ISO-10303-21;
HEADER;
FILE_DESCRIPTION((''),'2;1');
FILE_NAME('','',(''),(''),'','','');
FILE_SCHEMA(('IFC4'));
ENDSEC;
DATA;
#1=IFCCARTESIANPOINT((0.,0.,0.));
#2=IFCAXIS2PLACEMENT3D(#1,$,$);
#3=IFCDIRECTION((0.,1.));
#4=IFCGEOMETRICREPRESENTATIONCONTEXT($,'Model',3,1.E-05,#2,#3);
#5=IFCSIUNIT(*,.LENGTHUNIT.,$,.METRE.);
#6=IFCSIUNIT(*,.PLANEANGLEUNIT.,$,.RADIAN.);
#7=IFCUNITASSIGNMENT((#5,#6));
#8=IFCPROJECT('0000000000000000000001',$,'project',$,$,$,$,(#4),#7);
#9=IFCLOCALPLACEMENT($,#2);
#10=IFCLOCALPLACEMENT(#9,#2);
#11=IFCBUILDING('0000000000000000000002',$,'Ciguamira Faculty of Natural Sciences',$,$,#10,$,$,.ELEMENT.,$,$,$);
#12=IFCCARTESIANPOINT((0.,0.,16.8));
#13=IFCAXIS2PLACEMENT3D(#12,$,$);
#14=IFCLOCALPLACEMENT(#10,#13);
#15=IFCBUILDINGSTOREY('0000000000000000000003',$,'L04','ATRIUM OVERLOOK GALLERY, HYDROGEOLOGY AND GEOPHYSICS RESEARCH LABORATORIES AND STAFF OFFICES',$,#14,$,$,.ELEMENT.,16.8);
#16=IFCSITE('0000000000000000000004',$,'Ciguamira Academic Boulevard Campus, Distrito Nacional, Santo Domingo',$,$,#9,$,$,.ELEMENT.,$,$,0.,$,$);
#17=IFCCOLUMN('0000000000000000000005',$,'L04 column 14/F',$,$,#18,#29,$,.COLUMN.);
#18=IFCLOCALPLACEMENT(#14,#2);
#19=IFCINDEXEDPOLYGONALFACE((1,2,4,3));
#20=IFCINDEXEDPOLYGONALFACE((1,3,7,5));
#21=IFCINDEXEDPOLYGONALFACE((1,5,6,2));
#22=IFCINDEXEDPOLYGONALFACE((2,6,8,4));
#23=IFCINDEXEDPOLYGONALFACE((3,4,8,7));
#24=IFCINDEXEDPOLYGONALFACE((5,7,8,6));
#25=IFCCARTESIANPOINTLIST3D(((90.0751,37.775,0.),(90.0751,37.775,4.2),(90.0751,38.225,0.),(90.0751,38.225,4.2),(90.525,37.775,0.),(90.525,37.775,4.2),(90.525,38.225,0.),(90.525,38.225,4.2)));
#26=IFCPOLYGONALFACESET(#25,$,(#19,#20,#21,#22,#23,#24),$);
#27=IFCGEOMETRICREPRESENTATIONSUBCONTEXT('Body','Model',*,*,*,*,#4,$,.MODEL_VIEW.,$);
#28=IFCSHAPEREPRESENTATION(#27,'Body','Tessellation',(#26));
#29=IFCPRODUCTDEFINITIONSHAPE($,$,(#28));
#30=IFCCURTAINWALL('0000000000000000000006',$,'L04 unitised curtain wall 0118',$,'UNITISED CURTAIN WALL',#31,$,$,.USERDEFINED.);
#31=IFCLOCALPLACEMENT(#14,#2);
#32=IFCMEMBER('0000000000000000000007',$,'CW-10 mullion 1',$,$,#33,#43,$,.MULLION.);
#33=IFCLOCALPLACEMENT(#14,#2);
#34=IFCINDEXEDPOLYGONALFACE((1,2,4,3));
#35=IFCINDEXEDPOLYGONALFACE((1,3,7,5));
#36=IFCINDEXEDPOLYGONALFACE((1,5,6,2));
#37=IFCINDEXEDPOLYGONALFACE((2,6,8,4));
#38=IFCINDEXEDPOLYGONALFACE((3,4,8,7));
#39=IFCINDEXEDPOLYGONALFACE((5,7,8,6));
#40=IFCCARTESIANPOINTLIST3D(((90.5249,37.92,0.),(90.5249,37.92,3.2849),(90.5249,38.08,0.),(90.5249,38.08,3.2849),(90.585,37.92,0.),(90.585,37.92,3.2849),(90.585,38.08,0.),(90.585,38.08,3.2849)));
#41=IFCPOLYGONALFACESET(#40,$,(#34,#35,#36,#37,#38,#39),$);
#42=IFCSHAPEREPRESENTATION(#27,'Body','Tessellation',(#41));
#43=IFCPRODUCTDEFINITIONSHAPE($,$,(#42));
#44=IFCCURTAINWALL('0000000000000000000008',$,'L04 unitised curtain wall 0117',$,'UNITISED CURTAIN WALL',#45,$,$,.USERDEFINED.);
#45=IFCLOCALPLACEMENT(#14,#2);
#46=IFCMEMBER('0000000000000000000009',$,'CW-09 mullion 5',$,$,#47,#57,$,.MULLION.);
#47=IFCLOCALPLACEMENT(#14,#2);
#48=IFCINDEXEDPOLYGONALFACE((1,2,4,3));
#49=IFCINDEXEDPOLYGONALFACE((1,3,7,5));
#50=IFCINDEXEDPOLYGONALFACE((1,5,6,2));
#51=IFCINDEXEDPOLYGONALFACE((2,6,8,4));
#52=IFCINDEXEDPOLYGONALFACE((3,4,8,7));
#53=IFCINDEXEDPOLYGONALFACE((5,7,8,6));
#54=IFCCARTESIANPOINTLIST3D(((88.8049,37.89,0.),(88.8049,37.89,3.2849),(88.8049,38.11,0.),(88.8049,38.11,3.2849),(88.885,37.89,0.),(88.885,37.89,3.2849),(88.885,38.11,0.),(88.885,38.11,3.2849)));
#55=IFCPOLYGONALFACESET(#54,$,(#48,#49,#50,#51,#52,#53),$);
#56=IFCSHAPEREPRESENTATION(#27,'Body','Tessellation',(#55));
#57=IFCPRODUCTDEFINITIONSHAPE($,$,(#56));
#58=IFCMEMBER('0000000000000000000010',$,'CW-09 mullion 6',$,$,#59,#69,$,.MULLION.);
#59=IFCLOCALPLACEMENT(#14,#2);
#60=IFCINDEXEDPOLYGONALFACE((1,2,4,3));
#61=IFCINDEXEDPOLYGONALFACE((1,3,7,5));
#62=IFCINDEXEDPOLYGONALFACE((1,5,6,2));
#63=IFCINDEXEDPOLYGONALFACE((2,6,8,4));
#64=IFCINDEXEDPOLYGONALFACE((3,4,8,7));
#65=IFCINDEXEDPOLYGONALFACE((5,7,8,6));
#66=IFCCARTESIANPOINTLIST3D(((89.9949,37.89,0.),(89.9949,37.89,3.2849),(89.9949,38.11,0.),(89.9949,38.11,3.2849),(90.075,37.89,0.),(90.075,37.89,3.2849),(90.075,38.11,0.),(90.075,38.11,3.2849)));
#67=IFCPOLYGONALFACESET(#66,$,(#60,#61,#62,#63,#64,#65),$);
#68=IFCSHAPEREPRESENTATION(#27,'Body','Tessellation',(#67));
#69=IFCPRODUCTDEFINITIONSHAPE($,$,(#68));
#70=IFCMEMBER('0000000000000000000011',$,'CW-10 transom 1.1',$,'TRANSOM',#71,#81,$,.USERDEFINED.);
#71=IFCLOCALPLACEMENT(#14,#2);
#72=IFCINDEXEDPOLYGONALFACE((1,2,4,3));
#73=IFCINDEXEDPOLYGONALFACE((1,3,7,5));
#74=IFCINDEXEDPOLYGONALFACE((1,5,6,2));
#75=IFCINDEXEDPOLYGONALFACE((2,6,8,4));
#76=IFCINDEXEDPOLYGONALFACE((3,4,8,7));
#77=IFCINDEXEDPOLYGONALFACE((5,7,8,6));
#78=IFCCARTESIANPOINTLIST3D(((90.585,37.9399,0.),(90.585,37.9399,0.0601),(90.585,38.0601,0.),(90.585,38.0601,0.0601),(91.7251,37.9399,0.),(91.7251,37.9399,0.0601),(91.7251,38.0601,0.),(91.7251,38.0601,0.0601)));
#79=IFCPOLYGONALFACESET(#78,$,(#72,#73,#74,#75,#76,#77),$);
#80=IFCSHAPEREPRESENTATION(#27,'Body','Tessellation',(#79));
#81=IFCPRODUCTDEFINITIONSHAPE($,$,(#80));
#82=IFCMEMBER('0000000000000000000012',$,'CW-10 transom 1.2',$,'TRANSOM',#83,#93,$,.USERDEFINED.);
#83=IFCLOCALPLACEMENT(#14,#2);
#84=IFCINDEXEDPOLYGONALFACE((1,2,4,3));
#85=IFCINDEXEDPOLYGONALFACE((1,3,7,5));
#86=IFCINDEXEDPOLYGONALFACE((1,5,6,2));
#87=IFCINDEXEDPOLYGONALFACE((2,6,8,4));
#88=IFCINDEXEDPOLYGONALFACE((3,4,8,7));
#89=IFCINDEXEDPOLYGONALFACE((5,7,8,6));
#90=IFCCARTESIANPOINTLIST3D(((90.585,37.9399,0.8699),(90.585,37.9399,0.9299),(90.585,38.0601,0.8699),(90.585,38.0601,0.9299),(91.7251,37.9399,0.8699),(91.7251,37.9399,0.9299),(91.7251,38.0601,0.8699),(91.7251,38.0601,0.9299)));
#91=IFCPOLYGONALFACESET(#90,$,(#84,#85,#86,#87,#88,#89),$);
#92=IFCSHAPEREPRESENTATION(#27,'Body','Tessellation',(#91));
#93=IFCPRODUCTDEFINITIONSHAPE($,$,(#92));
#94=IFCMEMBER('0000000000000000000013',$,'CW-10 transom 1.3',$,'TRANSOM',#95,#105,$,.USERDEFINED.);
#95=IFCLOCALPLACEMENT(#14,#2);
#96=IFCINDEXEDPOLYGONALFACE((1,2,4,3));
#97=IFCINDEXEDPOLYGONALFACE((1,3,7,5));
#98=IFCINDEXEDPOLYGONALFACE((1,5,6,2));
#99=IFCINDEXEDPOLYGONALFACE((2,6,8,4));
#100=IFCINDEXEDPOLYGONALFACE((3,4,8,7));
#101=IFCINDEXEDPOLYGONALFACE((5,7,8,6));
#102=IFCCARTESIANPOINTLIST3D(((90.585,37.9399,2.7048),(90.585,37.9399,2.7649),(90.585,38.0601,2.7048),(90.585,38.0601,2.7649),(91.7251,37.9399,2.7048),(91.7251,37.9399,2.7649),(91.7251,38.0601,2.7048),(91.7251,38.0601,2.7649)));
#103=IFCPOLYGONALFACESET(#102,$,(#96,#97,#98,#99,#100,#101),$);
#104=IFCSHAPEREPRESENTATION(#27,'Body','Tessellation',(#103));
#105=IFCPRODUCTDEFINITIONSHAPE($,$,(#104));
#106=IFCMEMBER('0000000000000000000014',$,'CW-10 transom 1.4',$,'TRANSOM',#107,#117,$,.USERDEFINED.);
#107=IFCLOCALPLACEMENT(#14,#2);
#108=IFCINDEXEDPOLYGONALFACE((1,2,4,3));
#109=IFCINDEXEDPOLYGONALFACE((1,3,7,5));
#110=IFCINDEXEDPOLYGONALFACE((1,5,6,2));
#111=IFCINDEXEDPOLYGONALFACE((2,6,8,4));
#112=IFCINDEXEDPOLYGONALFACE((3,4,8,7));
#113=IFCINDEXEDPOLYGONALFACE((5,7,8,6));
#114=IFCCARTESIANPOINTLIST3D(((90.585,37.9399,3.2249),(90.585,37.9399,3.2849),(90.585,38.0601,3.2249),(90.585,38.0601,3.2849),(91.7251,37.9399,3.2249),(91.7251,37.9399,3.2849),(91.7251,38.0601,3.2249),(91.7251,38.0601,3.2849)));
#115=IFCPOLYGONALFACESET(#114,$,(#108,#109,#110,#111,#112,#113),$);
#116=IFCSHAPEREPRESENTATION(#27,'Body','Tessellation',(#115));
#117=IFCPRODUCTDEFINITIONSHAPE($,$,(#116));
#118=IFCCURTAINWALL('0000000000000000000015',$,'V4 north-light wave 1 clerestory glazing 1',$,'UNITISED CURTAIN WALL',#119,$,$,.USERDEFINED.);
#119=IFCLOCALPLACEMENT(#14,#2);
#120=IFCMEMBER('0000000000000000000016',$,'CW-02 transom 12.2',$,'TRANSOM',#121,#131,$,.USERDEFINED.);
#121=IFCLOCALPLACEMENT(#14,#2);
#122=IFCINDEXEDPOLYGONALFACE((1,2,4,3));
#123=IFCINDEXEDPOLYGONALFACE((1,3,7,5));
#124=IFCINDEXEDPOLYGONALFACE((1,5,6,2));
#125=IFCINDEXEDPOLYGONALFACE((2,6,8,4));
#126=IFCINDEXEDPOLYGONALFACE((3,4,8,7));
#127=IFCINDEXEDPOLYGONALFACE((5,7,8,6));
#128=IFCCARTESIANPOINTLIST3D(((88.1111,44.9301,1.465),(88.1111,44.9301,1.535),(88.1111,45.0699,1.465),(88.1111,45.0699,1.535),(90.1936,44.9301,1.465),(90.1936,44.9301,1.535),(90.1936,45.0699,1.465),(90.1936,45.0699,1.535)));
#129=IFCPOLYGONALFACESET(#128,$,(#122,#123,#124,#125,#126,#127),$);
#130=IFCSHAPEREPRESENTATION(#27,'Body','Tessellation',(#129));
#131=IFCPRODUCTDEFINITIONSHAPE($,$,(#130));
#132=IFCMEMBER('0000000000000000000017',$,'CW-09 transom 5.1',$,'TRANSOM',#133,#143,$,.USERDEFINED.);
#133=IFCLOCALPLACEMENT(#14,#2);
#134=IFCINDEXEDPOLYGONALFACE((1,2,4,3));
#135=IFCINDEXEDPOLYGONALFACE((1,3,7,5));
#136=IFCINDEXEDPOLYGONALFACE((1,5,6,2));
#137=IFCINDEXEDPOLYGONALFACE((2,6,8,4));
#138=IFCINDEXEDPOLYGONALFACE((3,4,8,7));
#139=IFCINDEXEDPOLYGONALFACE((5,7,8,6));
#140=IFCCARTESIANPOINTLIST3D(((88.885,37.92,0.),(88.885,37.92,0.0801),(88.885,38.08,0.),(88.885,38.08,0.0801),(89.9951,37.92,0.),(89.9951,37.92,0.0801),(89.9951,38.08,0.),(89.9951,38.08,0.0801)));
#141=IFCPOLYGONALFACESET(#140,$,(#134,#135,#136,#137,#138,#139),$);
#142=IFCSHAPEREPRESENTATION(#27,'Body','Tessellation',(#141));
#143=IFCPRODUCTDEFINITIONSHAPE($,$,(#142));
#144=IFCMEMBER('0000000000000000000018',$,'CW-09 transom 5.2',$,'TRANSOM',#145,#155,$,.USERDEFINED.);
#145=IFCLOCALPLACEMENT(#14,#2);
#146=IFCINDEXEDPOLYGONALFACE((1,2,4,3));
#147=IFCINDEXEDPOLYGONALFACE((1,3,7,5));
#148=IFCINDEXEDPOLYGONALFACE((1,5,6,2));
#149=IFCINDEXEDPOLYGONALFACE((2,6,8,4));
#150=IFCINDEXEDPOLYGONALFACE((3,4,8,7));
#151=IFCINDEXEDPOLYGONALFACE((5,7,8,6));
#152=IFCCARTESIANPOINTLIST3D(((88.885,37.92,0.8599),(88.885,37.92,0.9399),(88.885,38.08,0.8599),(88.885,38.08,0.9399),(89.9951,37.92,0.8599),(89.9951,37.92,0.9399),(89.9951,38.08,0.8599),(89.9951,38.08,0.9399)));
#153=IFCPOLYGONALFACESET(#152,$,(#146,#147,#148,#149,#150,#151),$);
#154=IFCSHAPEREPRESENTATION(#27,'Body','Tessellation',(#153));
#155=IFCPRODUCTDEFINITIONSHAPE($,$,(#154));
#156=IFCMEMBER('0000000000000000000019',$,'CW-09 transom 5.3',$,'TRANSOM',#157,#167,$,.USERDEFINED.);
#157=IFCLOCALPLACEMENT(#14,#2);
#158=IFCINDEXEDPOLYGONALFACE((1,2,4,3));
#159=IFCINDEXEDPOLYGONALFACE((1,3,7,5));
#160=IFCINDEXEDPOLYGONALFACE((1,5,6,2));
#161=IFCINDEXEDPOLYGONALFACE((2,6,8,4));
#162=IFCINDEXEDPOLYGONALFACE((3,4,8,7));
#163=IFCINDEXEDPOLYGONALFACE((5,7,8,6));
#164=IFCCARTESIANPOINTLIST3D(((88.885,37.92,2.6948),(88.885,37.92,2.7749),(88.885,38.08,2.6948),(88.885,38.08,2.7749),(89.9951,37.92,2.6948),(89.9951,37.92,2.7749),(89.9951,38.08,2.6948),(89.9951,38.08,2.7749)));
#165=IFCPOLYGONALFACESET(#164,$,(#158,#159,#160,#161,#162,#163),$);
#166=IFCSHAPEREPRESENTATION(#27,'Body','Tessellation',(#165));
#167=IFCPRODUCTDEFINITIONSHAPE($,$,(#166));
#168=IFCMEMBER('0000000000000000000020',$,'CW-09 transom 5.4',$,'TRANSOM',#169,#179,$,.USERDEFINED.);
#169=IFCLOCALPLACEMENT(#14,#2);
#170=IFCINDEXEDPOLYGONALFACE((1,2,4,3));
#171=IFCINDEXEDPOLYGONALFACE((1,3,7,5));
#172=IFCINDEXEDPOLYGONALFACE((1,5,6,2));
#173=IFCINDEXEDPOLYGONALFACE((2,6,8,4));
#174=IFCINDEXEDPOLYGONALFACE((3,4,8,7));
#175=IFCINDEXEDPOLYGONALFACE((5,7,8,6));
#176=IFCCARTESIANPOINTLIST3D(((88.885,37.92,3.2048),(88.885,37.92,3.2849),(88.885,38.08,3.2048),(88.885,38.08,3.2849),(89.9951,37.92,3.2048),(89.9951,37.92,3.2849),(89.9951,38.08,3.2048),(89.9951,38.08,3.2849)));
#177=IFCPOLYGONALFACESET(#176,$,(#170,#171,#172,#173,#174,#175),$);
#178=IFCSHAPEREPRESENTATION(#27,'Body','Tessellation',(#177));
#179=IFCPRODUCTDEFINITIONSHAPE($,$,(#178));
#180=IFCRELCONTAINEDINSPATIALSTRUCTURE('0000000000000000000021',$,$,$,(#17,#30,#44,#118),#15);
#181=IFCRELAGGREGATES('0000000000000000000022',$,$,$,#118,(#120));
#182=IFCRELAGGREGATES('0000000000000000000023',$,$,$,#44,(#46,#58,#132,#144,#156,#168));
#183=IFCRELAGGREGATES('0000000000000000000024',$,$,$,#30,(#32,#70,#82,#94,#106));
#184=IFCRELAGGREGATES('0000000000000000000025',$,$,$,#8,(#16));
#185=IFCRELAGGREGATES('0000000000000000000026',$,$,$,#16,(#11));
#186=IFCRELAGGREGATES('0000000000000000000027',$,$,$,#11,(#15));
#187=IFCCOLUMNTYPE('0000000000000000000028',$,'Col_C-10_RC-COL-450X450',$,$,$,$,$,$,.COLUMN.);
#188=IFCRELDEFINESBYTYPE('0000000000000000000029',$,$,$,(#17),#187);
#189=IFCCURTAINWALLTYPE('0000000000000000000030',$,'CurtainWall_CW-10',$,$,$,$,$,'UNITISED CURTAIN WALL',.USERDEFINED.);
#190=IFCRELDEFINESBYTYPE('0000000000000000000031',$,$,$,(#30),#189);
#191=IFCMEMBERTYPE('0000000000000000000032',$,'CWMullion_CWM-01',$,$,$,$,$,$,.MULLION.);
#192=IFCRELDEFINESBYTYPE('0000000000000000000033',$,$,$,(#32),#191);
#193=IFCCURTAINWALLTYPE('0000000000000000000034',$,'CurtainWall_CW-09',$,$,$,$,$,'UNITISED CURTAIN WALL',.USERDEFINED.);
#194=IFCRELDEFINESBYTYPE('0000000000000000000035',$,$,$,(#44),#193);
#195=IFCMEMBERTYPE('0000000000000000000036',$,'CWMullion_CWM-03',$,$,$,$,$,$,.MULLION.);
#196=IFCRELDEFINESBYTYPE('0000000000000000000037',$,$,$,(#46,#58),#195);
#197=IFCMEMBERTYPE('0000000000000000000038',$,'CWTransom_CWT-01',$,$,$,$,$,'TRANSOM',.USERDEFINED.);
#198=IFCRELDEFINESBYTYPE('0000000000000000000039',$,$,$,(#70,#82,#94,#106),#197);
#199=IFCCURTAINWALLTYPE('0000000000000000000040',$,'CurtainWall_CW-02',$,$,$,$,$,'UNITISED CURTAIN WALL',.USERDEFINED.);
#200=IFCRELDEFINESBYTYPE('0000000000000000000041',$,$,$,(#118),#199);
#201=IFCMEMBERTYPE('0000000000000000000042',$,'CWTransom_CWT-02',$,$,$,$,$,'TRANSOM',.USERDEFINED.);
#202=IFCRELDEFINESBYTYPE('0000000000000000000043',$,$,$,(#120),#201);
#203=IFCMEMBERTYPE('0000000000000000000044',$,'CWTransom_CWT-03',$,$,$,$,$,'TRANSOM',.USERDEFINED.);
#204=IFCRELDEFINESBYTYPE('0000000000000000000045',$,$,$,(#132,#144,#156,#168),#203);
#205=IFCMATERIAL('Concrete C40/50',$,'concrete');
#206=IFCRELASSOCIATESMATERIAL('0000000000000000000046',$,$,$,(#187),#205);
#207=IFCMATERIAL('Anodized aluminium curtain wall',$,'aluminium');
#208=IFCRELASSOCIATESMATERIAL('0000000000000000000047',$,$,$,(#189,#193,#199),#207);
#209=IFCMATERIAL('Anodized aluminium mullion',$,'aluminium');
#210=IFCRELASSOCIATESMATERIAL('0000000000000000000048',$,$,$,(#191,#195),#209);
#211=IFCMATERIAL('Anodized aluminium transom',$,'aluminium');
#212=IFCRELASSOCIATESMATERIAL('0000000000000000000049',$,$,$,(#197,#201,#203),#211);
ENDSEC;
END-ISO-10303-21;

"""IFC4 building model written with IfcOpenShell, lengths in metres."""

from ifc_helpers import new_model, si_unit, direction, frame, origin, origin_2d, place, context, subcontext, project, spatial, rectangle, extrude, material, material_profile, profile_set, type_object, element, aggregate, save


model = new_model("IFC4")

# Units and contexts
model_context = context("Model", 3, precision=1e-05, world=origin(), true_north=direction((0.0, 1.0)))
body_context = subcontext(model_context, "Body", "Model", "MODEL_VIEW")
ifc_project = project(units=[si_unit("LENGTHUNIT", "METRE"), si_unit("PLANEANGLEUNIT", "RADIAN")], contexts=[model_context])

# Site, building, storey
site_placement = place(None, origin())
site = spatial("IfcSite", under=ifc_project, at=site_placement, Name="Ciguamira Academic Boulevard Campus, Distrito Nacional, Santo Domingo", CompositionType="ELEMENT", RefElevation=0.0)
building_placement = place(site_placement, origin())
building = spatial("IfcBuilding", under=site, at=building_placement, Name="Ciguamira Faculty of Natural Sciences", CompositionType="ELEMENT")
storey_placement = place(building_placement, frame((0.0, 0.0, 16.8)))
storey = spatial("IfcBuildingStorey", under=building, at=storey_placement, Name="L04", Description="ATRIUM OVERLOOK GALLERY, HYDROGEOLOGY AND GEOPHYSICS RESEARCH LABORATORIES AND STAFF OFFICES", CompositionType="ELEMENT", Elevation=16.8)

# Column
ifc_material_1 = material(Name="Concrete C40/50", Category="concrete")
ifc_material_profile_1 = material_profile(ifc_material_1, rectangle(XDim=0.45, YDim=0.45, at=origin_2d()), Name="RC-COL-450X450")
ifc_profile_set_1 = profile_set([ifc_material_profile_1], Name="Concrete C40/50")
column_type = type_object("IfcColumnType", Name="Col_C-10_RC-COL-450X450", PredefinedType="COLUMN", material=ifc_profile_set_1)
column_placement = place(storey_placement, frame((90.3, 38.0, 0.0), z_axis=(0.0, 0.0, 1.0), x_axis=(1.0, 0.0, 0.0)))
element("IfcColumn", 1, at=column_placement, inside=storey, type_object=column_type, Name="L04 column 14/F", PredefinedType="COLUMN", context=body_context, shape_type="SweptSolid", body=[
    extrude(rectangle(XDim=0.45, YDim=0.45, at=origin_2d()), origin(), (0.0, 0.0, 1.0), 4.2),
])

# Curtain wall, member
ifc_material_2 = material(Name="Anodized aluminium curtain wall", Category="aluminium")
curtain_wall_type_1 = type_object("IfcCurtainWallType", Name="CurtainWall_CW-10", ElementType="UNITISED CURTAIN WALL", PredefinedType="USERDEFINED", material=ifc_material_2)
curtain_wall_1_placement = place(storey_placement, origin())
curtain_wall_1 = element("IfcCurtainWall", 2, at=curtain_wall_1_placement, inside=storey, type_object=curtain_wall_type_1, Name="L04 unitised curtain wall 0118", ObjectType="UNITISED CURTAIN WALL", PredefinedType="USERDEFINED")
ifc_material_3 = material(Name="Anodized aluminium mullion", Category="aluminium")
ifc_material_profile_2 = material_profile(ifc_material_3, rectangle(XDim=0.0601, YDim=0.1599, at=origin_2d()), Name="ALU-MUL-60X160")
ifc_profile_set_2 = profile_set([ifc_material_profile_2], Name="Anodized aluminium mullion")
member_type_1 = type_object("IfcMemberType", Name="CWMullion_CWM-01", PredefinedType="MULLION", material=ifc_profile_set_2)
member_1_placement = place(storey_placement, frame((90.5549, 38.0, 0.0), z_axis=(0.0, 0.0, 1.0), x_axis=(1.0, 0.0, 0.0)))
member_1 = element("IfcMember", 3, at=member_1_placement, type_object=member_type_1, Name="CW-10 mullion 1", PredefinedType="MULLION", context=body_context, shape_type="SweptSolid", body=[
    extrude(rectangle(XDim=0.0601, YDim=0.1599, at=origin_2d()), origin(), (0.0, 0.0, 1.0), 3.2849),
])

# Curtain wall, members
curtain_wall_type_2 = type_object("IfcCurtainWallType", Name="CurtainWall_CW-09", ElementType="UNITISED CURTAIN WALL", PredefinedType="USERDEFINED", material=ifc_material_2)
curtain_wall_2_placement = place(storey_placement, origin())
curtain_wall_2 = element("IfcCurtainWall", 4, at=curtain_wall_2_placement, inside=storey, type_object=curtain_wall_type_2, Name="L04 unitised curtain wall 0117", ObjectType="UNITISED CURTAIN WALL", PredefinedType="USERDEFINED")
ifc_material_profile_3 = material_profile(ifc_material_3, rectangle(XDim=0.0801, YDim=0.22, at=origin_2d()), Name="ALU-MUL-80X220")
ifc_profile_set_3 = profile_set([ifc_material_profile_3], Name="Anodized aluminium mullion")
member_type_2 = type_object("IfcMemberType", Name="CWMullion_CWM-03", PredefinedType="MULLION", material=ifc_profile_set_3)
member_2_placement = place(storey_placement, frame((88.845, 38.0, 0.0), z_axis=(0.0, 0.0, 1.0), x_axis=(1.0, 0.0, 0.0)))
member_2 = element("IfcMember", 5, at=member_2_placement, type_object=member_type_2, Name="CW-09 mullion 5", PredefinedType="MULLION", context=body_context, shape_type="SweptSolid", body=[
    extrude(rectangle(XDim=0.0801, YDim=0.22, at=origin_2d()), origin(), (0.0, 0.0, 1.0), 3.2849),
])
member_3_placement = place(storey_placement, frame((90.0349, 38.0, 0.0), z_axis=(0.0, 0.0, 1.0), x_axis=(1.0, 0.0, 0.0)))
member_3 = element("IfcMember", 6, at=member_3_placement, type_object=member_type_2, Name="CW-09 mullion 6", PredefinedType="MULLION", context=body_context, shape_type="SweptSolid", body=[
    extrude(rectangle(XDim=0.0801, YDim=0.22, at=origin_2d()), origin(), (0.0, 0.0, 1.0), 3.2849),
])

# Members
ifc_material_4 = material(Name="Anodized aluminium transom", Category="aluminium")
ifc_material_profile_4 = material_profile(ifc_material_4, rectangle(XDim=0.0601, YDim=0.1201, at=origin_2d()), Name="ALU-TRN-60X120")
ifc_profile_set_4 = profile_set([ifc_material_profile_4], Name="Anodized aluminium transom")
member_type_3 = type_object("IfcMemberType", Name="CWTransom_CWT-01", ElementType="TRANSOM", PredefinedType="USERDEFINED", material=ifc_profile_set_4)
member_4_placement = place(storey_placement, frame((90.585, 38.0, 0.03), z_axis=(1.0, 0.0, 0.0), x_axis=(0.0, 0.0, 1.0)))
member_4 = element("IfcMember", 7, at=member_4_placement, type_object=member_type_3, Name="CW-10 transom 1.1", ObjectType="TRANSOM", PredefinedType="USERDEFINED", context=body_context, shape_type="SweptSolid", body=[
    extrude(rectangle(XDim=0.0601, YDim=0.1201, at=origin_2d()), origin(), (0.0, 0.0, 1.0), 1.1401),
])
member_5_placement = place(storey_placement, frame((90.585, 38.0, 0.8999), z_axis=(1.0, 0.0, 0.0), x_axis=(0.0, 0.0, 1.0)))
member_5 = element("IfcMember", 8, at=member_5_placement, type_object=member_type_3, Name="CW-10 transom 1.2", ObjectType="TRANSOM", PredefinedType="USERDEFINED", context=body_context, shape_type="SweptSolid", body=[
    extrude(rectangle(XDim=0.0601, YDim=0.1201, at=origin_2d()), origin(), (0.0, 0.0, 1.0), 1.1401),
])
member_6_placement = place(storey_placement, frame((90.585, 38.0, 2.7349), z_axis=(1.0, 0.0, 0.0), x_axis=(0.0, 0.0, 1.0)))
member_6 = element("IfcMember", 9, at=member_6_placement, type_object=member_type_3, Name="CW-10 transom 1.3", ObjectType="TRANSOM", PredefinedType="USERDEFINED", context=body_context, shape_type="SweptSolid", body=[
    extrude(rectangle(XDim=0.0601, YDim=0.1201, at=origin_2d()), origin(), (0.0, 0.0, 1.0), 1.1401),
])
member_7_placement = place(storey_placement, frame((90.585, 38.0, 3.2549), z_axis=(1.0, 0.0, 0.0), x_axis=(0.0, 0.0, 1.0)))
member_7 = element("IfcMember", 10, at=member_7_placement, type_object=member_type_3, Name="CW-10 transom 1.4", ObjectType="TRANSOM", PredefinedType="USERDEFINED", context=body_context, shape_type="SweptSolid", body=[
    extrude(rectangle(XDim=0.0601, YDim=0.1201, at=origin_2d()), origin(), (0.0, 0.0, 1.0), 1.1401),
])

# Curtain wall, member
curtain_wall_type_3 = type_object("IfcCurtainWallType", Name="CurtainWall_CW-02", ElementType="UNITISED CURTAIN WALL", PredefinedType="USERDEFINED", material=ifc_material_2)
curtain_wall_3_placement = place(storey_placement, origin())
curtain_wall_3 = element("IfcCurtainWall", 11, at=curtain_wall_3_placement, inside=storey, type_object=curtain_wall_type_3, Name="V4 north-light wave 1 clerestory glazing 1", ObjectType="UNITISED CURTAIN WALL", PredefinedType="USERDEFINED")
ifc_material_profile_5 = material_profile(ifc_material_4, rectangle(XDim=0.0701, YDim=0.1399, at=origin_2d()), Name="ALU-TRN-70X140")
ifc_profile_set_5 = profile_set([ifc_material_profile_5], Name="Anodized aluminium transom")
member_type_4 = type_object("IfcMemberType", Name="CWTransom_CWT-02", ElementType="TRANSOM", PredefinedType="USERDEFINED", material=ifc_profile_set_5)
member_8_placement = place(storey_placement, frame((88.1111, 45.0, 1.5), z_axis=(1.0, 0.0, 0.0), x_axis=(0.0, 0.0, 1.0)))
member_8 = element("IfcMember", 12, at=member_8_placement, type_object=member_type_4, Name="CW-02 transom 12.2", ObjectType="TRANSOM", PredefinedType="USERDEFINED", context=body_context, shape_type="SweptSolid", body=[
    extrude(rectangle(XDim=0.0701, YDim=0.1399, at=origin_2d()), origin(), (0.0, 0.0, 1.0), 2.0825),
])
aggregate(curtain_wall_3, [member_8])

# Members
ifc_material_profile_6 = material_profile(ifc_material_4, rectangle(XDim=0.0801, YDim=0.1599, at=origin_2d()), Name="ALU-TRN-80X160")
ifc_profile_set_6 = profile_set([ifc_material_profile_6], Name="Anodized aluminium transom")
member_type_5 = type_object("IfcMemberType", Name="CWTransom_CWT-03", ElementType="TRANSOM", PredefinedType="USERDEFINED", material=ifc_profile_set_6)
member_9_placement = place(storey_placement, frame((88.885, 38.0, 0.04), z_axis=(1.0, 0.0, 0.0), x_axis=(0.0, 0.0, 1.0)))
member_9 = element("IfcMember", 13, at=member_9_placement, type_object=member_type_5, Name="CW-09 transom 5.1", ObjectType="TRANSOM", PredefinedType="USERDEFINED", context=body_context, shape_type="SweptSolid", body=[
    extrude(rectangle(XDim=0.0801, YDim=0.1599, at=origin_2d()), origin(), (0.0, 0.0, 1.0), 1.1101),
])
member_10_placement = place(storey_placement, frame((88.885, 38.0, 0.8999), z_axis=(1.0, 0.0, 0.0), x_axis=(0.0, 0.0, 1.0)))
member_10 = element("IfcMember", 14, at=member_10_placement, type_object=member_type_5, Name="CW-09 transom 5.2", ObjectType="TRANSOM", PredefinedType="USERDEFINED", context=body_context, shape_type="SweptSolid", body=[
    extrude(rectangle(XDim=0.0801, YDim=0.1599, at=origin_2d()), origin(), (0.0, 0.0, 1.0), 1.1101),
])
member_11_placement = place(storey_placement, frame((88.885, 38.0, 2.7349), z_axis=(1.0, 0.0, 0.0), x_axis=(0.0, 0.0, 1.0)))
member_11 = element("IfcMember", 15, at=member_11_placement, type_object=member_type_5, Name="CW-09 transom 5.3", ObjectType="TRANSOM", PredefinedType="USERDEFINED", context=body_context, shape_type="SweptSolid", body=[
    extrude(rectangle(XDim=0.0801, YDim=0.1599, at=origin_2d()), origin(), (0.0, 0.0, 1.0), 1.1101),
])
member_12_placement = place(storey_placement, frame((88.885, 38.0, 3.2449), z_axis=(1.0, 0.0, 0.0), x_axis=(0.0, 0.0, 1.0)))
member_12 = element("IfcMember", 16, at=member_12_placement, type_object=member_type_5, Name="CW-09 transom 5.4", ObjectType="TRANSOM", PredefinedType="USERDEFINED", context=body_context, shape_type="SweptSolid", body=[
    extrude(rectangle(XDim=0.0801, YDim=0.1599, at=origin_2d()), origin(), (0.0, 0.0, 1.0), 1.1101),
])

aggregate(curtain_wall_2, [member_2, member_3, member_9, member_10, member_11, member_12])
aggregate(curtain_wall_1, [member_1, member_4, member_5, member_6, member_7])

save(model, "model.ifc")
